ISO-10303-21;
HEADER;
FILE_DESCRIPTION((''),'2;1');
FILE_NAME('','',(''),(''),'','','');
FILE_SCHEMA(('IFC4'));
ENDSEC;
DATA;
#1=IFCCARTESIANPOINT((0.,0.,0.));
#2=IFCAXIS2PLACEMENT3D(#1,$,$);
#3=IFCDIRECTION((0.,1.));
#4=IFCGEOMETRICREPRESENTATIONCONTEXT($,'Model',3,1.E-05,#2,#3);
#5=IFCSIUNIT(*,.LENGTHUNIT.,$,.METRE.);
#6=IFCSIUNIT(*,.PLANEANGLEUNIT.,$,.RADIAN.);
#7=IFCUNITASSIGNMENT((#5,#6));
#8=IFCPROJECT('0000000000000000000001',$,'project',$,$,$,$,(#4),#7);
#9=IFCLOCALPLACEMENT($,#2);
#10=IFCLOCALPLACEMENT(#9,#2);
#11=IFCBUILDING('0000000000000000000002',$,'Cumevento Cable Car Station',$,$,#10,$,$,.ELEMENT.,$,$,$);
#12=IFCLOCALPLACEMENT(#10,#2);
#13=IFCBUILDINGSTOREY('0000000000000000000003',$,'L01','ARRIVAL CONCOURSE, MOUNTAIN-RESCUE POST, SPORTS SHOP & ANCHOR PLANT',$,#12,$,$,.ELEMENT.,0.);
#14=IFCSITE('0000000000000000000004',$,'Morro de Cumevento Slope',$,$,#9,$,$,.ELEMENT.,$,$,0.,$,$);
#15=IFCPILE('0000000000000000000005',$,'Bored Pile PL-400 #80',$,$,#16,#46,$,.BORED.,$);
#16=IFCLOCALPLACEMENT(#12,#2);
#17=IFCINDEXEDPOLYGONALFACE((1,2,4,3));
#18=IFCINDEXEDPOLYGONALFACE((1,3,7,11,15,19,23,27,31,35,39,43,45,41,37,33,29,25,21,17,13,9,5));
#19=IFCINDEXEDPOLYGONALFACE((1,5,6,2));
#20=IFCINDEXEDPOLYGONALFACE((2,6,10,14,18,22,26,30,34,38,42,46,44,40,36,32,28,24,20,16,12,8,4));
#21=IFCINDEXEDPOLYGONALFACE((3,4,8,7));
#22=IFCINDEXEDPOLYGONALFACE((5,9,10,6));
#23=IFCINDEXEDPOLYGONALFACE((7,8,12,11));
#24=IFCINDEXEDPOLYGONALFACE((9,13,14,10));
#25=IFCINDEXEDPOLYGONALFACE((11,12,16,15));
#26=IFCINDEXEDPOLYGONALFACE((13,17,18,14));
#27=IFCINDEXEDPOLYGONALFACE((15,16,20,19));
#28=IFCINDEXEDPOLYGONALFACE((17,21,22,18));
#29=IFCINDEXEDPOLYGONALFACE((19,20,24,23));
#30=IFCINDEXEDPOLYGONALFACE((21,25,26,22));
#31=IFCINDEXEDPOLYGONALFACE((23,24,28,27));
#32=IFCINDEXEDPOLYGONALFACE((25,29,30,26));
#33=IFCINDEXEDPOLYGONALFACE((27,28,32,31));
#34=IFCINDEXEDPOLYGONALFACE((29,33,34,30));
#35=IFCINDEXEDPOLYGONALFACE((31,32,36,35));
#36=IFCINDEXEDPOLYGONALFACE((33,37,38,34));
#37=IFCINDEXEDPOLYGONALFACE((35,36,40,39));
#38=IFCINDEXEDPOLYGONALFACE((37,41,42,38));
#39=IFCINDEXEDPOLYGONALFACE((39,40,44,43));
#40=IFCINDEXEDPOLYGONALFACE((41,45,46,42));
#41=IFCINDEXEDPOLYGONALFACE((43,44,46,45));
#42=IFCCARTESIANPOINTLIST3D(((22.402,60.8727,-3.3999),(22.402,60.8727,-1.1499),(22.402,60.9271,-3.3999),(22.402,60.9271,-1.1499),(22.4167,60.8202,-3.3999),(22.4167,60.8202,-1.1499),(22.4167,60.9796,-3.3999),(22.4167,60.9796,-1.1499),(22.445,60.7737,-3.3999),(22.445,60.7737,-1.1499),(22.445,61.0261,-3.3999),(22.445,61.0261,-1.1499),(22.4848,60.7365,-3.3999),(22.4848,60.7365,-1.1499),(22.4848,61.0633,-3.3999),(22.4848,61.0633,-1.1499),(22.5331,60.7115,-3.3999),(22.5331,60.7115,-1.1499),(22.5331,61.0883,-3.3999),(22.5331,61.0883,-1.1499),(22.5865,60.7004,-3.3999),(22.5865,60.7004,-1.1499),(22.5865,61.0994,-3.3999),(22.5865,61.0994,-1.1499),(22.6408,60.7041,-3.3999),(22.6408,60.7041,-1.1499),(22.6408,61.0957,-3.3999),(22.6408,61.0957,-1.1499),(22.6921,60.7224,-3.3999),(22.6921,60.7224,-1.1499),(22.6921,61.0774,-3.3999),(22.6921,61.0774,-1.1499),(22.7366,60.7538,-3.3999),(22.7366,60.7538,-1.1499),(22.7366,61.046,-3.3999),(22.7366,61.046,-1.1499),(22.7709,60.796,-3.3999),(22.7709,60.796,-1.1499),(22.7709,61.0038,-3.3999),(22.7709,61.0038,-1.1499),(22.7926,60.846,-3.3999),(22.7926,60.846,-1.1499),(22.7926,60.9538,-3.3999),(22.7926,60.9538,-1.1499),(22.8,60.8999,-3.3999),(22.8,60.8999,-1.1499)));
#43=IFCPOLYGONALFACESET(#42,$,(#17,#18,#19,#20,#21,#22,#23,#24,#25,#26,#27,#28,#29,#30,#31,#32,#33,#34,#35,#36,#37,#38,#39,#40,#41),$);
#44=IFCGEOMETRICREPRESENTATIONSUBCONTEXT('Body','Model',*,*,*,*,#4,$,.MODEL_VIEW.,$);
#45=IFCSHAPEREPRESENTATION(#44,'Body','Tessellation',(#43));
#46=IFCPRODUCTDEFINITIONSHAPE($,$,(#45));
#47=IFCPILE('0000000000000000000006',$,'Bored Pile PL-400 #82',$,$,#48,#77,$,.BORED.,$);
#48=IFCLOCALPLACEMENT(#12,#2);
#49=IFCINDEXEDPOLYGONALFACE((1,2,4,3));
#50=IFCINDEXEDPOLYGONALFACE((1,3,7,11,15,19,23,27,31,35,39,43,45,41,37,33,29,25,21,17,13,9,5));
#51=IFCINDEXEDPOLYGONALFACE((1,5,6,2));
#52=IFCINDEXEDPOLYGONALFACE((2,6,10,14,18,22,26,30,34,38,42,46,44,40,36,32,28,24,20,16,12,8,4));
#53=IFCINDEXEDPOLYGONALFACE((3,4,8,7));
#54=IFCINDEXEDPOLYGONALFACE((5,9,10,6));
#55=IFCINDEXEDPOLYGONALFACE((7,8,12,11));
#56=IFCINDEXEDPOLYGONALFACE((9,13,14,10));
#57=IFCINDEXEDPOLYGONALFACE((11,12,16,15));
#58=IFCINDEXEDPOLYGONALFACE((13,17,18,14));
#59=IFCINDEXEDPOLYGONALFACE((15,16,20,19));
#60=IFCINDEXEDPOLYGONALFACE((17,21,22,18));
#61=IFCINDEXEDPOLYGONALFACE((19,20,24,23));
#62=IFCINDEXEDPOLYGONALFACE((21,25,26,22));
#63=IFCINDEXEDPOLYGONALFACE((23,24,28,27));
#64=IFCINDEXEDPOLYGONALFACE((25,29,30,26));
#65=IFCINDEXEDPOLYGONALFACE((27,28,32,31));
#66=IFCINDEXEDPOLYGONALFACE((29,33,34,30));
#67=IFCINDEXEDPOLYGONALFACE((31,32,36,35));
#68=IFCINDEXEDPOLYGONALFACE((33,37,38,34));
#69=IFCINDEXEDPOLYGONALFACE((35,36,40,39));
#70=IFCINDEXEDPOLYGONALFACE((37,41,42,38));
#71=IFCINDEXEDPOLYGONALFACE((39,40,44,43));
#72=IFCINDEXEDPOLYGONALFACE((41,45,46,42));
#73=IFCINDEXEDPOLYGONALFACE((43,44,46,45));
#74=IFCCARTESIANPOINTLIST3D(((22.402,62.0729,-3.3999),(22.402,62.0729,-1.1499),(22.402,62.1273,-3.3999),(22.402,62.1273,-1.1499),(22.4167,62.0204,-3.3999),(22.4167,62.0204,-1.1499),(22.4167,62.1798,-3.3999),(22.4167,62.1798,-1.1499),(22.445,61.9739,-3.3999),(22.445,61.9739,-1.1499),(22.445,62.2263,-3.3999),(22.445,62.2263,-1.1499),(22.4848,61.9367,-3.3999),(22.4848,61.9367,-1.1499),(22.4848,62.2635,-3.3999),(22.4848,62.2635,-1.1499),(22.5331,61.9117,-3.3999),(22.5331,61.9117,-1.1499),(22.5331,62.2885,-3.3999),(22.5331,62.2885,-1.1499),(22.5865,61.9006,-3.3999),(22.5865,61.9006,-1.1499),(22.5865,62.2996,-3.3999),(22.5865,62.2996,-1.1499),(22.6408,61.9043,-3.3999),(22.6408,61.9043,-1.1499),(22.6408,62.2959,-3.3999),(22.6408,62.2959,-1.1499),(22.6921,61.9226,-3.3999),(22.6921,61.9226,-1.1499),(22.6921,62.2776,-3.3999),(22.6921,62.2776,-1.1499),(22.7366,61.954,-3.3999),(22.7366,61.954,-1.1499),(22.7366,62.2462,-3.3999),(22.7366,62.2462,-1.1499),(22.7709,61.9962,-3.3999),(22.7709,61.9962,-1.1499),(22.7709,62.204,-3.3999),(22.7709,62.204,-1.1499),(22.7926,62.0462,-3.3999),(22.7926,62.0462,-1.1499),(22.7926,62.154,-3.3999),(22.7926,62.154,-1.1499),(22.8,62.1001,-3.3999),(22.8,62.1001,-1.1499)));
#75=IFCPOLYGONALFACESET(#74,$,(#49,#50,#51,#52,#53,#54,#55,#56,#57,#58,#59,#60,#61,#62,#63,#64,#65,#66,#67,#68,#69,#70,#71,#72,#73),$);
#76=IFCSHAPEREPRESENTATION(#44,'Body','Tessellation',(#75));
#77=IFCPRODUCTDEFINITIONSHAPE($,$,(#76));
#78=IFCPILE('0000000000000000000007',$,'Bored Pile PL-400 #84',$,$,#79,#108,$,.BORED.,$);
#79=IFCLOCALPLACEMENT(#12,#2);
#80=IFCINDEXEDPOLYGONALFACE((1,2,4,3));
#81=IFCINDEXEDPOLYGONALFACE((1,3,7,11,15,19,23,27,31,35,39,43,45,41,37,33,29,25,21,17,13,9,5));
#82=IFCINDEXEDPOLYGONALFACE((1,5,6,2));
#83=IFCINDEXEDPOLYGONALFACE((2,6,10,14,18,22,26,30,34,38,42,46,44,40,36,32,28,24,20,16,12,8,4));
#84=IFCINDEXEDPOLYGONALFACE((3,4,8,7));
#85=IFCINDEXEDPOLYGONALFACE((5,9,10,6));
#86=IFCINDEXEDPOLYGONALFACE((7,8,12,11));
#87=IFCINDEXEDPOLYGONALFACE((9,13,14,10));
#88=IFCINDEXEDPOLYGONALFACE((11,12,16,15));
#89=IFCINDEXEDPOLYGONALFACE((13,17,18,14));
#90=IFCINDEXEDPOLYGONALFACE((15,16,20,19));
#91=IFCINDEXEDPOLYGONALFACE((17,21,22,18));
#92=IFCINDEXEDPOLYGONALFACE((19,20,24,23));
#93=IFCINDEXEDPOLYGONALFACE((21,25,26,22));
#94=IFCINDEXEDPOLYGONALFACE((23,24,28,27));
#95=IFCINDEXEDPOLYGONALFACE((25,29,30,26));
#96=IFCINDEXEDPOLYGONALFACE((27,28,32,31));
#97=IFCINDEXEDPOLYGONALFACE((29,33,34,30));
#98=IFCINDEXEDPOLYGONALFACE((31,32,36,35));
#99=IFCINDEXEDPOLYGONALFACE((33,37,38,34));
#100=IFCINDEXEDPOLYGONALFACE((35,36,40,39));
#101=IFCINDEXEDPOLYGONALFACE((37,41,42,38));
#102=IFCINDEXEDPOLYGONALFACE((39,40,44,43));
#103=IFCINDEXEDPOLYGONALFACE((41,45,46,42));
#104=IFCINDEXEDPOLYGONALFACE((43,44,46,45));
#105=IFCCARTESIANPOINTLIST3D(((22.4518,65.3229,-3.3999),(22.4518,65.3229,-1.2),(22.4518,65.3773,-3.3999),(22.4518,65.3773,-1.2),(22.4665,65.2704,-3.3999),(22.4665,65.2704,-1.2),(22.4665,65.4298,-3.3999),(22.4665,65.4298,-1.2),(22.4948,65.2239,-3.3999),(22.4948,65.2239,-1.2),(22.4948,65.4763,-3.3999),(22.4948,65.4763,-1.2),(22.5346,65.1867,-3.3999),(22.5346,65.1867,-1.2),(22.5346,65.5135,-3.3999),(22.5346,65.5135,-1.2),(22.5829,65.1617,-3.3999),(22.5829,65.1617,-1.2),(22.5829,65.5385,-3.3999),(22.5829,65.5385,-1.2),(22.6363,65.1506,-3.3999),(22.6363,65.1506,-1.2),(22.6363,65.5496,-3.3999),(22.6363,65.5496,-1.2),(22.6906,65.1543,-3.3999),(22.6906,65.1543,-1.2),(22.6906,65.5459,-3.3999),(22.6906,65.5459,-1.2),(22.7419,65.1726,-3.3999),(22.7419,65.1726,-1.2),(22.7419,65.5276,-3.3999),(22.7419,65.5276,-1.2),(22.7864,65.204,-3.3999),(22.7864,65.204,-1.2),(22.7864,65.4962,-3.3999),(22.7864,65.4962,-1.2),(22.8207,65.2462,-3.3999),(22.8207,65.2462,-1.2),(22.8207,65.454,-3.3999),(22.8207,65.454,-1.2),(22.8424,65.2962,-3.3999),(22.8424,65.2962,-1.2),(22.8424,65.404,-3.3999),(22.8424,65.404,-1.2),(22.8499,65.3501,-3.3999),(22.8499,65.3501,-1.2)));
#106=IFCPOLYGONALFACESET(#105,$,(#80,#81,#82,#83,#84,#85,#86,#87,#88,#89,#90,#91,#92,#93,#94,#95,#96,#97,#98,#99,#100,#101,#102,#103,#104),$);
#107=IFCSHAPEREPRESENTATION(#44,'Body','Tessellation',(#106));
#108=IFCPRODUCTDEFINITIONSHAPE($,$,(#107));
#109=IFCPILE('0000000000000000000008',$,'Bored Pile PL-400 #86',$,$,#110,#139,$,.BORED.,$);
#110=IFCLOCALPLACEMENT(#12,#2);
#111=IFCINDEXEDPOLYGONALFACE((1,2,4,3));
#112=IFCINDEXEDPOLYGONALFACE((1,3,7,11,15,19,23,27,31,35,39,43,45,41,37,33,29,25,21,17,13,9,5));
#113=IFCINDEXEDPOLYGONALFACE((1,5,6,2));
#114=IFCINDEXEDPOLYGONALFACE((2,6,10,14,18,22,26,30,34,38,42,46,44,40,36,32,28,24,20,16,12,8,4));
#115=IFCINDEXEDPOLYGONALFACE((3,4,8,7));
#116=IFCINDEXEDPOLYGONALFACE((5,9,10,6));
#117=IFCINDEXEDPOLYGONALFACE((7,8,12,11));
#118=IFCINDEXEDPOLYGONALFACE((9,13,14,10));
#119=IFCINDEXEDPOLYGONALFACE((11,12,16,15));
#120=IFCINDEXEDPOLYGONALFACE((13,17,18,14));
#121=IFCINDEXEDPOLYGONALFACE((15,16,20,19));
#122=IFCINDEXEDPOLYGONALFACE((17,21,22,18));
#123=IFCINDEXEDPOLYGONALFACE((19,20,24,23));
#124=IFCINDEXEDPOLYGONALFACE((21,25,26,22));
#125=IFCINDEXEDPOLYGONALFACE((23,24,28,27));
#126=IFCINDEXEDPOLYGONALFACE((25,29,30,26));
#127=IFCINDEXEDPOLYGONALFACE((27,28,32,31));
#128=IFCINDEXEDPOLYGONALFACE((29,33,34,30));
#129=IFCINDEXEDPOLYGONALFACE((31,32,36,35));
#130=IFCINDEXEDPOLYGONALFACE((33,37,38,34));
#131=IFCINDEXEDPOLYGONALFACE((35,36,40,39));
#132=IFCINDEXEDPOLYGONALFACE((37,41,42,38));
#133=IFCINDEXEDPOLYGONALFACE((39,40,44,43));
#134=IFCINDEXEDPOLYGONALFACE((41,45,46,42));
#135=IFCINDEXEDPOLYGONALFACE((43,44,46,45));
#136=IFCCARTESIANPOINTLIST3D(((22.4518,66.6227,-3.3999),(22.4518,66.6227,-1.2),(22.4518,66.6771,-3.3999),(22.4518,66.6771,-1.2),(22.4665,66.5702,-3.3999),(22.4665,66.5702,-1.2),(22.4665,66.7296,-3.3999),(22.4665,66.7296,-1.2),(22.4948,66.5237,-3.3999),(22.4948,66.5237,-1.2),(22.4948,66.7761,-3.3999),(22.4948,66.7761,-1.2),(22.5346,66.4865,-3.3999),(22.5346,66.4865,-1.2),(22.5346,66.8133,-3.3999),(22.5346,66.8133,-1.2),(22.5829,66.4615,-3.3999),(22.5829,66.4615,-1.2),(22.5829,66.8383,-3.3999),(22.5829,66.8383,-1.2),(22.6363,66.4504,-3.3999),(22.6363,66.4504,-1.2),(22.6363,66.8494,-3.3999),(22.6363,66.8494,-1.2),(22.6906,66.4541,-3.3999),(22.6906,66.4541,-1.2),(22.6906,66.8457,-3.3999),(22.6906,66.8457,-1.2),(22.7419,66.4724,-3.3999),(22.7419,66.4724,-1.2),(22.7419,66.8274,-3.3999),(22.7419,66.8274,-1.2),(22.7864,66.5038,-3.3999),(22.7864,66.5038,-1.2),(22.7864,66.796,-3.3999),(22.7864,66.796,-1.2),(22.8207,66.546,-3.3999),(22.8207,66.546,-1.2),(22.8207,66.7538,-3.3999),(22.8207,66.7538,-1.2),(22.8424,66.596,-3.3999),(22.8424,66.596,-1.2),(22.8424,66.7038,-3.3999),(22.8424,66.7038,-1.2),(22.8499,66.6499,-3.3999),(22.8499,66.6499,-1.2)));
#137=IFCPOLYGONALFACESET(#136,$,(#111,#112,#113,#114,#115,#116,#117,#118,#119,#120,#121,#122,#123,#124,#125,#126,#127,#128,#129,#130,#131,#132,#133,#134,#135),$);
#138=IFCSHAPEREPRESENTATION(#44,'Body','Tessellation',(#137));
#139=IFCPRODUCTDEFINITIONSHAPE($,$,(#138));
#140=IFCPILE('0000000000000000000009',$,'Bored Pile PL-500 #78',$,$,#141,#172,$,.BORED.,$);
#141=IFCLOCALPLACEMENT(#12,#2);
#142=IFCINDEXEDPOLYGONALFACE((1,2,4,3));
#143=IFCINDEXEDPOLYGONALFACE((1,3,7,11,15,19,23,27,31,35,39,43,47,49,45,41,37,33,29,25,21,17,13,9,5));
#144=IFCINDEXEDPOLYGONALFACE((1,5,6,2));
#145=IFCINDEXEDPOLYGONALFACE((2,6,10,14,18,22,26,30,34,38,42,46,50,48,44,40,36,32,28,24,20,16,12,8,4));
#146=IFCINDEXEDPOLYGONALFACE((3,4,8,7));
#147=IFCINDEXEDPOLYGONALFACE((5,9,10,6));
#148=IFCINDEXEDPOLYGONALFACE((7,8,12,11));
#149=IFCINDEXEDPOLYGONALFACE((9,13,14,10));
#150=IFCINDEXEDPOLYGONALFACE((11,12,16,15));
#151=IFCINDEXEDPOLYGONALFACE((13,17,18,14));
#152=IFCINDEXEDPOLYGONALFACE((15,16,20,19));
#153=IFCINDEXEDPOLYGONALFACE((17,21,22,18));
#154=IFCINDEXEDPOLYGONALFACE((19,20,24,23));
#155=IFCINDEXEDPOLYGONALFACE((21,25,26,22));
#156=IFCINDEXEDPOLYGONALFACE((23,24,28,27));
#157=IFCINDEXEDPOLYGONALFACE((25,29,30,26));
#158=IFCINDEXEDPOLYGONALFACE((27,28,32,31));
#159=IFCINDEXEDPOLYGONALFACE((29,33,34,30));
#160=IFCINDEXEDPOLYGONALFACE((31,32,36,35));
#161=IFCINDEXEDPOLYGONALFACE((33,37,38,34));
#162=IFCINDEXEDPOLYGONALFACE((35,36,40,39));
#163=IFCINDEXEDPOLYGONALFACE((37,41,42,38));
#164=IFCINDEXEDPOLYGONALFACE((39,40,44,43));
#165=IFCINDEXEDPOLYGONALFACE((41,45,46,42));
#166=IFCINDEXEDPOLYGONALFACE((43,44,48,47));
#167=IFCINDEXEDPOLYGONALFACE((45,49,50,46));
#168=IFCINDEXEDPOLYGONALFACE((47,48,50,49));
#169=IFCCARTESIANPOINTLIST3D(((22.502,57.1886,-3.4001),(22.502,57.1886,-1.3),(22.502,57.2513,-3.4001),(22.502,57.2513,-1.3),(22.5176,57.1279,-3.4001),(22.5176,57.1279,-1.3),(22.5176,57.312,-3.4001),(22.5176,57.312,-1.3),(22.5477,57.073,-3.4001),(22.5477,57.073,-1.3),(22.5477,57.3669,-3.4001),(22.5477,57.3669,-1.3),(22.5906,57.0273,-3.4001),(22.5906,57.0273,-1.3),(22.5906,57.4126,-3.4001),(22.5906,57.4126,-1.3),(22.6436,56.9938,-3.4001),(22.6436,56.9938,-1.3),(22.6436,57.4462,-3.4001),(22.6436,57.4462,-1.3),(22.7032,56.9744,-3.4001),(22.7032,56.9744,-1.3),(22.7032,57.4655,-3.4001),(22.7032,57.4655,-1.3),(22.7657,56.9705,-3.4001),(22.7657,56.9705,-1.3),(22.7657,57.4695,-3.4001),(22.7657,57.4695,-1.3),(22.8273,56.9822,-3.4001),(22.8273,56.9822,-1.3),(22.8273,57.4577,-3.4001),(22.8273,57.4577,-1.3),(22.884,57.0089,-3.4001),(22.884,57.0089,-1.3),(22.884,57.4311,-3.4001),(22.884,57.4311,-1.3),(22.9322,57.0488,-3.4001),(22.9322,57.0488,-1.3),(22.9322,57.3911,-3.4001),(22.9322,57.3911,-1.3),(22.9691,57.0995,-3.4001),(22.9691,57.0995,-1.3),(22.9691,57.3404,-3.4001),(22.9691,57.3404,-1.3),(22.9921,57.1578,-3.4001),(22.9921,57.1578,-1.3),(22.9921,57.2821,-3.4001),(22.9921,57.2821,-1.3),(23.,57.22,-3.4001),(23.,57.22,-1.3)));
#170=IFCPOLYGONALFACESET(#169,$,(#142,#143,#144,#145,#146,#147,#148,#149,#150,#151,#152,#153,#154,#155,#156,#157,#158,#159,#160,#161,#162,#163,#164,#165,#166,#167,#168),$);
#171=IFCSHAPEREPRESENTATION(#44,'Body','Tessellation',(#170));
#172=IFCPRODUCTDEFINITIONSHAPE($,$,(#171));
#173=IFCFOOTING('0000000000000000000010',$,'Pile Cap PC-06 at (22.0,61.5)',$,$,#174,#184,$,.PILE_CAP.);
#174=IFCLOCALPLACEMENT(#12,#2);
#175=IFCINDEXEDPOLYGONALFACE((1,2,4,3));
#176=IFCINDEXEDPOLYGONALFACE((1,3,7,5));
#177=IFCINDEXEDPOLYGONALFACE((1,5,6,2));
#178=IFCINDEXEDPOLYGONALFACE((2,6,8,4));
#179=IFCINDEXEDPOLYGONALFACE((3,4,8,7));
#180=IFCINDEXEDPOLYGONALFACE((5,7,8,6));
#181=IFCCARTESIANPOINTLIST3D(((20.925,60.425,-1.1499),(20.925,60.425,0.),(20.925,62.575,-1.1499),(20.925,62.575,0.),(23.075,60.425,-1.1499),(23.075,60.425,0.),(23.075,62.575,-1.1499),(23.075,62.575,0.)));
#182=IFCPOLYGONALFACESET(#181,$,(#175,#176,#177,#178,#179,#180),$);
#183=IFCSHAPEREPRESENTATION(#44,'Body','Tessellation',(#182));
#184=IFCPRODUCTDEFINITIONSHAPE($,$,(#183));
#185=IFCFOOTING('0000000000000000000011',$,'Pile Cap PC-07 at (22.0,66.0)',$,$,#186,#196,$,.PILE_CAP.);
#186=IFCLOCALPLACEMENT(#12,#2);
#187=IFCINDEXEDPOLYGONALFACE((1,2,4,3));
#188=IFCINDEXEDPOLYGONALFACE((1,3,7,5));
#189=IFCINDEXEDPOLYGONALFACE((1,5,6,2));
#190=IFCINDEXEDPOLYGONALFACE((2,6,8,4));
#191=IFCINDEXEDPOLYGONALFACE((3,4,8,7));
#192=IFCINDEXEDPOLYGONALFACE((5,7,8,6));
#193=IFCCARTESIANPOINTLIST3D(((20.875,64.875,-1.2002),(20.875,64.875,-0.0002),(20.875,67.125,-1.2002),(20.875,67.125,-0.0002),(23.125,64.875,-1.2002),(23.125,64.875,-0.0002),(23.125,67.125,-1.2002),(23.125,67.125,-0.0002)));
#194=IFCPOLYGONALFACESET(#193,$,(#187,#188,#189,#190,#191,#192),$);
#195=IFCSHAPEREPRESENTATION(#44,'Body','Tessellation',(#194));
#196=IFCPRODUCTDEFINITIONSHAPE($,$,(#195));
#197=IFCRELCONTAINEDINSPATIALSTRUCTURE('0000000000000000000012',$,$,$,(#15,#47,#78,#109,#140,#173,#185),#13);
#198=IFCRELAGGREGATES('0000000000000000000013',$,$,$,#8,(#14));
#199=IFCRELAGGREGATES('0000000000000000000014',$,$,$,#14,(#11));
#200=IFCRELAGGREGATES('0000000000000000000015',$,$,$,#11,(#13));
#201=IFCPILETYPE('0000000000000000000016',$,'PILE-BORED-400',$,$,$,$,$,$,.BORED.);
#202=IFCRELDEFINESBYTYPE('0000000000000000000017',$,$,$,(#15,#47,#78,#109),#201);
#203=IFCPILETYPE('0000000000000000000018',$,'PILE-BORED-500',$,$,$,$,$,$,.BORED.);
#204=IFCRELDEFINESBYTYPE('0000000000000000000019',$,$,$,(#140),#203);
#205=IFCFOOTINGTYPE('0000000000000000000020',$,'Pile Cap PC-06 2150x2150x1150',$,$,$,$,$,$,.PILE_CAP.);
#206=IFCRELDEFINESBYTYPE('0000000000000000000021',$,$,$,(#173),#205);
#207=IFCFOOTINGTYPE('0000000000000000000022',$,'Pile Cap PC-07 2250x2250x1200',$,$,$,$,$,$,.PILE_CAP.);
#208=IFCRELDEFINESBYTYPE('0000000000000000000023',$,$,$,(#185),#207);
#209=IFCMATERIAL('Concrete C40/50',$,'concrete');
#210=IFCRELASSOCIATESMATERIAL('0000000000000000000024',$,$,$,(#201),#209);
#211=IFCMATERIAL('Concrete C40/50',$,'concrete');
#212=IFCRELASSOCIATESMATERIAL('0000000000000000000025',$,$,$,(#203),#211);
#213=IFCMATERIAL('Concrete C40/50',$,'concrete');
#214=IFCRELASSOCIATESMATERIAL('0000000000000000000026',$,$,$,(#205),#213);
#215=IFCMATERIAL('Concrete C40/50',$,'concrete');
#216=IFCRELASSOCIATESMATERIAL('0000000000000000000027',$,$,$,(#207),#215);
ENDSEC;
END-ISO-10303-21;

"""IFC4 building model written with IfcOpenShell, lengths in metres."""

from ifc_helpers import new_model, si_unit, direction, frame, origin, origin_2d, place, context, subcontext, project, spatial, rectangle, circle, extrude, material, material_profile, profile_set, type_object, element, save


model = new_model("IFC4")

# Units and contexts
model_context = context("Model", 3, precision=1e-05, world=origin(), true_north=direction((0.0, 1.0)))
body_context = subcontext(model_context, "Body", "Model", "MODEL_VIEW")
ifc_project = project(units=[si_unit("LENGTHUNIT", "METRE"), si_unit("PLANEANGLEUNIT", "RADIAN")], contexts=[model_context])

# Site, building, storey
site_placement = place(None, origin())
site = spatial("IfcSite", under=ifc_project, at=site_placement, Name="Morro de Cumevento Slope", CompositionType="ELEMENT", RefElevation=0.0)
building_placement = place(site_placement, origin())
building = spatial("IfcBuilding", under=site, at=building_placement, Name="Cumevento Cable Car Station", CompositionType="ELEMENT")
storey_placement = place(building_placement, origin())
storey = spatial("IfcBuildingStorey", under=building, at=storey_placement, Name="L01", Description="ARRIVAL CONCOURSE, MOUNTAIN-RESCUE POST, SPORTS SHOP & ANCHOR PLANT", CompositionType="ELEMENT", Elevation=0.0)

# Piles
ifc_material_1 = material(Name="Concrete C40/50", Category="concrete")
ifc_material_profile_1 = material_profile(ifc_material_1, circle(Radius=0.2, at=origin_2d()), Name="PILE-D400")
ifc_profile_set_1 = profile_set([ifc_material_profile_1], Name="Concrete C40/50")
pile_type_1 = type_object("IfcPileType", Name="PILE-BORED-400", PredefinedType="BORED", material=ifc_profile_set_1)
for number, where, z_axis, x_axis, name in (
    (1, (22.6001, 60.8999, -1.1499), (0.0, 0.0, -1.0), (1.0, 0.0, 0.0), "Bored Pile PL-400 #80"),
    (2, (22.6001, 62.1001, -1.1499), (0.0, 0.0, -1.0), (1.0, 0.0, 0.0), "Bored Pile PL-400 #82"),
):
    element("IfcPile", number, at=place(storey_placement, frame(where, z_axis=z_axis, x_axis=x_axis)), inside=storey, type_object=pile_type_1, Name=name, PredefinedType="BORED", context=body_context, shape_type="SweptSolid", body=[
        extrude(circle(Radius=0.2, at=origin_2d()), origin(), (0.0, 0.0, 1.0), 2.25),
    ])
for number, where, z_axis, x_axis, name in (
    (3, (22.6499, 65.3501, -1.2), (0.0, 0.0, -1.0), (1.0, 0.0, 0.0), "Bored Pile PL-400 #84"),
    (4, (22.6499, 66.6499, -1.2), (0.0, 0.0, -1.0), (1.0, 0.0, 0.0), "Bored Pile PL-400 #86"),
):
    element("IfcPile", number, at=place(storey_placement, frame(where, z_axis=z_axis, x_axis=x_axis)), inside=storey, type_object=pile_type_1, Name=name, PredefinedType="BORED", context=body_context, shape_type="SweptSolid", body=[
        extrude(circle(Radius=0.2, at=origin_2d()), origin(), (0.0, 0.0, 1.0), 2.2),
    ])
ifc_material_2 = material(Name="Concrete C40/50", Category="concrete")
ifc_material_profile_2 = material_profile(ifc_material_2, circle(Radius=0.25, at=origin_2d()), Name="PILE-D500")
ifc_profile_set_2 = profile_set([ifc_material_profile_2], Name="Concrete C40/50")
pile_type_2 = type_object("IfcPileType", Name="PILE-BORED-500", PredefinedType="BORED", material=ifc_profile_set_2)
pile_placement = place(storey_placement, frame((22.75, 57.22, -1.3), z_axis=(0.0, 0.0, -1.0), x_axis=(1.0, 0.0, 0.0)))
element("IfcPile", 5, at=pile_placement, inside=storey, type_object=pile_type_2, Name="Bored Pile PL-500 #78", PredefinedType="BORED", context=body_context, shape_type="SweptSolid", body=[
    extrude(circle(Radius=0.25, at=origin_2d()), origin(), (0.0, 0.0, 1.0), 2.1001),
])

# Footings
ifc_material_3 = material(Name="Concrete C40/50", Category="concrete")
footing_type_1 = type_object("IfcFootingType", Name="Pile Cap PC-06 2150x2150x1150", PredefinedType="PILE_CAP", material=ifc_material_3)
footing_1_placement = place(storey_placement, frame((22.0, 61.5, -1.1499), z_axis=(0.0, 0.0, 1.0), x_axis=(1.0, 0.0, 0.0)))
element("IfcFooting", 6, at=footing_1_placement, inside=storey, type_object=footing_type_1, Name="Pile Cap PC-06 at (22.0,61.5)", PredefinedType="PILE_CAP", context=body_context, shape_type="SweptSolid", body=[
    extrude(rectangle(XDim=2.1499, YDim=2.1499, at=origin_2d()), origin(), (0.0, 0.0, 1.0), 1.1499),
])
ifc_material_4 = material(Name="Concrete C40/50", Category="concrete")
footing_type_2 = type_object("IfcFootingType", Name="Pile Cap PC-07 2250x2250x1200", PredefinedType="PILE_CAP", material=ifc_material_4)
footing_2_placement = place(storey_placement, frame((22.0, 66.0, -1.2002), z_axis=(0.0, 0.0, 1.0), x_axis=(1.0, 0.0, 0.0)))
element("IfcFooting", 7, at=footing_2_placement, inside=storey, type_object=footing_type_2, Name="Pile Cap PC-07 at (22.0,66.0)", PredefinedType="PILE_CAP", context=body_context, shape_type="SweptSolid", body=[
    extrude(rectangle(XDim=2.25, YDim=2.25, at=origin_2d()), origin(), (0.0, 0.0, 1.0), 1.2),
])

save(model, "model.ifc")
